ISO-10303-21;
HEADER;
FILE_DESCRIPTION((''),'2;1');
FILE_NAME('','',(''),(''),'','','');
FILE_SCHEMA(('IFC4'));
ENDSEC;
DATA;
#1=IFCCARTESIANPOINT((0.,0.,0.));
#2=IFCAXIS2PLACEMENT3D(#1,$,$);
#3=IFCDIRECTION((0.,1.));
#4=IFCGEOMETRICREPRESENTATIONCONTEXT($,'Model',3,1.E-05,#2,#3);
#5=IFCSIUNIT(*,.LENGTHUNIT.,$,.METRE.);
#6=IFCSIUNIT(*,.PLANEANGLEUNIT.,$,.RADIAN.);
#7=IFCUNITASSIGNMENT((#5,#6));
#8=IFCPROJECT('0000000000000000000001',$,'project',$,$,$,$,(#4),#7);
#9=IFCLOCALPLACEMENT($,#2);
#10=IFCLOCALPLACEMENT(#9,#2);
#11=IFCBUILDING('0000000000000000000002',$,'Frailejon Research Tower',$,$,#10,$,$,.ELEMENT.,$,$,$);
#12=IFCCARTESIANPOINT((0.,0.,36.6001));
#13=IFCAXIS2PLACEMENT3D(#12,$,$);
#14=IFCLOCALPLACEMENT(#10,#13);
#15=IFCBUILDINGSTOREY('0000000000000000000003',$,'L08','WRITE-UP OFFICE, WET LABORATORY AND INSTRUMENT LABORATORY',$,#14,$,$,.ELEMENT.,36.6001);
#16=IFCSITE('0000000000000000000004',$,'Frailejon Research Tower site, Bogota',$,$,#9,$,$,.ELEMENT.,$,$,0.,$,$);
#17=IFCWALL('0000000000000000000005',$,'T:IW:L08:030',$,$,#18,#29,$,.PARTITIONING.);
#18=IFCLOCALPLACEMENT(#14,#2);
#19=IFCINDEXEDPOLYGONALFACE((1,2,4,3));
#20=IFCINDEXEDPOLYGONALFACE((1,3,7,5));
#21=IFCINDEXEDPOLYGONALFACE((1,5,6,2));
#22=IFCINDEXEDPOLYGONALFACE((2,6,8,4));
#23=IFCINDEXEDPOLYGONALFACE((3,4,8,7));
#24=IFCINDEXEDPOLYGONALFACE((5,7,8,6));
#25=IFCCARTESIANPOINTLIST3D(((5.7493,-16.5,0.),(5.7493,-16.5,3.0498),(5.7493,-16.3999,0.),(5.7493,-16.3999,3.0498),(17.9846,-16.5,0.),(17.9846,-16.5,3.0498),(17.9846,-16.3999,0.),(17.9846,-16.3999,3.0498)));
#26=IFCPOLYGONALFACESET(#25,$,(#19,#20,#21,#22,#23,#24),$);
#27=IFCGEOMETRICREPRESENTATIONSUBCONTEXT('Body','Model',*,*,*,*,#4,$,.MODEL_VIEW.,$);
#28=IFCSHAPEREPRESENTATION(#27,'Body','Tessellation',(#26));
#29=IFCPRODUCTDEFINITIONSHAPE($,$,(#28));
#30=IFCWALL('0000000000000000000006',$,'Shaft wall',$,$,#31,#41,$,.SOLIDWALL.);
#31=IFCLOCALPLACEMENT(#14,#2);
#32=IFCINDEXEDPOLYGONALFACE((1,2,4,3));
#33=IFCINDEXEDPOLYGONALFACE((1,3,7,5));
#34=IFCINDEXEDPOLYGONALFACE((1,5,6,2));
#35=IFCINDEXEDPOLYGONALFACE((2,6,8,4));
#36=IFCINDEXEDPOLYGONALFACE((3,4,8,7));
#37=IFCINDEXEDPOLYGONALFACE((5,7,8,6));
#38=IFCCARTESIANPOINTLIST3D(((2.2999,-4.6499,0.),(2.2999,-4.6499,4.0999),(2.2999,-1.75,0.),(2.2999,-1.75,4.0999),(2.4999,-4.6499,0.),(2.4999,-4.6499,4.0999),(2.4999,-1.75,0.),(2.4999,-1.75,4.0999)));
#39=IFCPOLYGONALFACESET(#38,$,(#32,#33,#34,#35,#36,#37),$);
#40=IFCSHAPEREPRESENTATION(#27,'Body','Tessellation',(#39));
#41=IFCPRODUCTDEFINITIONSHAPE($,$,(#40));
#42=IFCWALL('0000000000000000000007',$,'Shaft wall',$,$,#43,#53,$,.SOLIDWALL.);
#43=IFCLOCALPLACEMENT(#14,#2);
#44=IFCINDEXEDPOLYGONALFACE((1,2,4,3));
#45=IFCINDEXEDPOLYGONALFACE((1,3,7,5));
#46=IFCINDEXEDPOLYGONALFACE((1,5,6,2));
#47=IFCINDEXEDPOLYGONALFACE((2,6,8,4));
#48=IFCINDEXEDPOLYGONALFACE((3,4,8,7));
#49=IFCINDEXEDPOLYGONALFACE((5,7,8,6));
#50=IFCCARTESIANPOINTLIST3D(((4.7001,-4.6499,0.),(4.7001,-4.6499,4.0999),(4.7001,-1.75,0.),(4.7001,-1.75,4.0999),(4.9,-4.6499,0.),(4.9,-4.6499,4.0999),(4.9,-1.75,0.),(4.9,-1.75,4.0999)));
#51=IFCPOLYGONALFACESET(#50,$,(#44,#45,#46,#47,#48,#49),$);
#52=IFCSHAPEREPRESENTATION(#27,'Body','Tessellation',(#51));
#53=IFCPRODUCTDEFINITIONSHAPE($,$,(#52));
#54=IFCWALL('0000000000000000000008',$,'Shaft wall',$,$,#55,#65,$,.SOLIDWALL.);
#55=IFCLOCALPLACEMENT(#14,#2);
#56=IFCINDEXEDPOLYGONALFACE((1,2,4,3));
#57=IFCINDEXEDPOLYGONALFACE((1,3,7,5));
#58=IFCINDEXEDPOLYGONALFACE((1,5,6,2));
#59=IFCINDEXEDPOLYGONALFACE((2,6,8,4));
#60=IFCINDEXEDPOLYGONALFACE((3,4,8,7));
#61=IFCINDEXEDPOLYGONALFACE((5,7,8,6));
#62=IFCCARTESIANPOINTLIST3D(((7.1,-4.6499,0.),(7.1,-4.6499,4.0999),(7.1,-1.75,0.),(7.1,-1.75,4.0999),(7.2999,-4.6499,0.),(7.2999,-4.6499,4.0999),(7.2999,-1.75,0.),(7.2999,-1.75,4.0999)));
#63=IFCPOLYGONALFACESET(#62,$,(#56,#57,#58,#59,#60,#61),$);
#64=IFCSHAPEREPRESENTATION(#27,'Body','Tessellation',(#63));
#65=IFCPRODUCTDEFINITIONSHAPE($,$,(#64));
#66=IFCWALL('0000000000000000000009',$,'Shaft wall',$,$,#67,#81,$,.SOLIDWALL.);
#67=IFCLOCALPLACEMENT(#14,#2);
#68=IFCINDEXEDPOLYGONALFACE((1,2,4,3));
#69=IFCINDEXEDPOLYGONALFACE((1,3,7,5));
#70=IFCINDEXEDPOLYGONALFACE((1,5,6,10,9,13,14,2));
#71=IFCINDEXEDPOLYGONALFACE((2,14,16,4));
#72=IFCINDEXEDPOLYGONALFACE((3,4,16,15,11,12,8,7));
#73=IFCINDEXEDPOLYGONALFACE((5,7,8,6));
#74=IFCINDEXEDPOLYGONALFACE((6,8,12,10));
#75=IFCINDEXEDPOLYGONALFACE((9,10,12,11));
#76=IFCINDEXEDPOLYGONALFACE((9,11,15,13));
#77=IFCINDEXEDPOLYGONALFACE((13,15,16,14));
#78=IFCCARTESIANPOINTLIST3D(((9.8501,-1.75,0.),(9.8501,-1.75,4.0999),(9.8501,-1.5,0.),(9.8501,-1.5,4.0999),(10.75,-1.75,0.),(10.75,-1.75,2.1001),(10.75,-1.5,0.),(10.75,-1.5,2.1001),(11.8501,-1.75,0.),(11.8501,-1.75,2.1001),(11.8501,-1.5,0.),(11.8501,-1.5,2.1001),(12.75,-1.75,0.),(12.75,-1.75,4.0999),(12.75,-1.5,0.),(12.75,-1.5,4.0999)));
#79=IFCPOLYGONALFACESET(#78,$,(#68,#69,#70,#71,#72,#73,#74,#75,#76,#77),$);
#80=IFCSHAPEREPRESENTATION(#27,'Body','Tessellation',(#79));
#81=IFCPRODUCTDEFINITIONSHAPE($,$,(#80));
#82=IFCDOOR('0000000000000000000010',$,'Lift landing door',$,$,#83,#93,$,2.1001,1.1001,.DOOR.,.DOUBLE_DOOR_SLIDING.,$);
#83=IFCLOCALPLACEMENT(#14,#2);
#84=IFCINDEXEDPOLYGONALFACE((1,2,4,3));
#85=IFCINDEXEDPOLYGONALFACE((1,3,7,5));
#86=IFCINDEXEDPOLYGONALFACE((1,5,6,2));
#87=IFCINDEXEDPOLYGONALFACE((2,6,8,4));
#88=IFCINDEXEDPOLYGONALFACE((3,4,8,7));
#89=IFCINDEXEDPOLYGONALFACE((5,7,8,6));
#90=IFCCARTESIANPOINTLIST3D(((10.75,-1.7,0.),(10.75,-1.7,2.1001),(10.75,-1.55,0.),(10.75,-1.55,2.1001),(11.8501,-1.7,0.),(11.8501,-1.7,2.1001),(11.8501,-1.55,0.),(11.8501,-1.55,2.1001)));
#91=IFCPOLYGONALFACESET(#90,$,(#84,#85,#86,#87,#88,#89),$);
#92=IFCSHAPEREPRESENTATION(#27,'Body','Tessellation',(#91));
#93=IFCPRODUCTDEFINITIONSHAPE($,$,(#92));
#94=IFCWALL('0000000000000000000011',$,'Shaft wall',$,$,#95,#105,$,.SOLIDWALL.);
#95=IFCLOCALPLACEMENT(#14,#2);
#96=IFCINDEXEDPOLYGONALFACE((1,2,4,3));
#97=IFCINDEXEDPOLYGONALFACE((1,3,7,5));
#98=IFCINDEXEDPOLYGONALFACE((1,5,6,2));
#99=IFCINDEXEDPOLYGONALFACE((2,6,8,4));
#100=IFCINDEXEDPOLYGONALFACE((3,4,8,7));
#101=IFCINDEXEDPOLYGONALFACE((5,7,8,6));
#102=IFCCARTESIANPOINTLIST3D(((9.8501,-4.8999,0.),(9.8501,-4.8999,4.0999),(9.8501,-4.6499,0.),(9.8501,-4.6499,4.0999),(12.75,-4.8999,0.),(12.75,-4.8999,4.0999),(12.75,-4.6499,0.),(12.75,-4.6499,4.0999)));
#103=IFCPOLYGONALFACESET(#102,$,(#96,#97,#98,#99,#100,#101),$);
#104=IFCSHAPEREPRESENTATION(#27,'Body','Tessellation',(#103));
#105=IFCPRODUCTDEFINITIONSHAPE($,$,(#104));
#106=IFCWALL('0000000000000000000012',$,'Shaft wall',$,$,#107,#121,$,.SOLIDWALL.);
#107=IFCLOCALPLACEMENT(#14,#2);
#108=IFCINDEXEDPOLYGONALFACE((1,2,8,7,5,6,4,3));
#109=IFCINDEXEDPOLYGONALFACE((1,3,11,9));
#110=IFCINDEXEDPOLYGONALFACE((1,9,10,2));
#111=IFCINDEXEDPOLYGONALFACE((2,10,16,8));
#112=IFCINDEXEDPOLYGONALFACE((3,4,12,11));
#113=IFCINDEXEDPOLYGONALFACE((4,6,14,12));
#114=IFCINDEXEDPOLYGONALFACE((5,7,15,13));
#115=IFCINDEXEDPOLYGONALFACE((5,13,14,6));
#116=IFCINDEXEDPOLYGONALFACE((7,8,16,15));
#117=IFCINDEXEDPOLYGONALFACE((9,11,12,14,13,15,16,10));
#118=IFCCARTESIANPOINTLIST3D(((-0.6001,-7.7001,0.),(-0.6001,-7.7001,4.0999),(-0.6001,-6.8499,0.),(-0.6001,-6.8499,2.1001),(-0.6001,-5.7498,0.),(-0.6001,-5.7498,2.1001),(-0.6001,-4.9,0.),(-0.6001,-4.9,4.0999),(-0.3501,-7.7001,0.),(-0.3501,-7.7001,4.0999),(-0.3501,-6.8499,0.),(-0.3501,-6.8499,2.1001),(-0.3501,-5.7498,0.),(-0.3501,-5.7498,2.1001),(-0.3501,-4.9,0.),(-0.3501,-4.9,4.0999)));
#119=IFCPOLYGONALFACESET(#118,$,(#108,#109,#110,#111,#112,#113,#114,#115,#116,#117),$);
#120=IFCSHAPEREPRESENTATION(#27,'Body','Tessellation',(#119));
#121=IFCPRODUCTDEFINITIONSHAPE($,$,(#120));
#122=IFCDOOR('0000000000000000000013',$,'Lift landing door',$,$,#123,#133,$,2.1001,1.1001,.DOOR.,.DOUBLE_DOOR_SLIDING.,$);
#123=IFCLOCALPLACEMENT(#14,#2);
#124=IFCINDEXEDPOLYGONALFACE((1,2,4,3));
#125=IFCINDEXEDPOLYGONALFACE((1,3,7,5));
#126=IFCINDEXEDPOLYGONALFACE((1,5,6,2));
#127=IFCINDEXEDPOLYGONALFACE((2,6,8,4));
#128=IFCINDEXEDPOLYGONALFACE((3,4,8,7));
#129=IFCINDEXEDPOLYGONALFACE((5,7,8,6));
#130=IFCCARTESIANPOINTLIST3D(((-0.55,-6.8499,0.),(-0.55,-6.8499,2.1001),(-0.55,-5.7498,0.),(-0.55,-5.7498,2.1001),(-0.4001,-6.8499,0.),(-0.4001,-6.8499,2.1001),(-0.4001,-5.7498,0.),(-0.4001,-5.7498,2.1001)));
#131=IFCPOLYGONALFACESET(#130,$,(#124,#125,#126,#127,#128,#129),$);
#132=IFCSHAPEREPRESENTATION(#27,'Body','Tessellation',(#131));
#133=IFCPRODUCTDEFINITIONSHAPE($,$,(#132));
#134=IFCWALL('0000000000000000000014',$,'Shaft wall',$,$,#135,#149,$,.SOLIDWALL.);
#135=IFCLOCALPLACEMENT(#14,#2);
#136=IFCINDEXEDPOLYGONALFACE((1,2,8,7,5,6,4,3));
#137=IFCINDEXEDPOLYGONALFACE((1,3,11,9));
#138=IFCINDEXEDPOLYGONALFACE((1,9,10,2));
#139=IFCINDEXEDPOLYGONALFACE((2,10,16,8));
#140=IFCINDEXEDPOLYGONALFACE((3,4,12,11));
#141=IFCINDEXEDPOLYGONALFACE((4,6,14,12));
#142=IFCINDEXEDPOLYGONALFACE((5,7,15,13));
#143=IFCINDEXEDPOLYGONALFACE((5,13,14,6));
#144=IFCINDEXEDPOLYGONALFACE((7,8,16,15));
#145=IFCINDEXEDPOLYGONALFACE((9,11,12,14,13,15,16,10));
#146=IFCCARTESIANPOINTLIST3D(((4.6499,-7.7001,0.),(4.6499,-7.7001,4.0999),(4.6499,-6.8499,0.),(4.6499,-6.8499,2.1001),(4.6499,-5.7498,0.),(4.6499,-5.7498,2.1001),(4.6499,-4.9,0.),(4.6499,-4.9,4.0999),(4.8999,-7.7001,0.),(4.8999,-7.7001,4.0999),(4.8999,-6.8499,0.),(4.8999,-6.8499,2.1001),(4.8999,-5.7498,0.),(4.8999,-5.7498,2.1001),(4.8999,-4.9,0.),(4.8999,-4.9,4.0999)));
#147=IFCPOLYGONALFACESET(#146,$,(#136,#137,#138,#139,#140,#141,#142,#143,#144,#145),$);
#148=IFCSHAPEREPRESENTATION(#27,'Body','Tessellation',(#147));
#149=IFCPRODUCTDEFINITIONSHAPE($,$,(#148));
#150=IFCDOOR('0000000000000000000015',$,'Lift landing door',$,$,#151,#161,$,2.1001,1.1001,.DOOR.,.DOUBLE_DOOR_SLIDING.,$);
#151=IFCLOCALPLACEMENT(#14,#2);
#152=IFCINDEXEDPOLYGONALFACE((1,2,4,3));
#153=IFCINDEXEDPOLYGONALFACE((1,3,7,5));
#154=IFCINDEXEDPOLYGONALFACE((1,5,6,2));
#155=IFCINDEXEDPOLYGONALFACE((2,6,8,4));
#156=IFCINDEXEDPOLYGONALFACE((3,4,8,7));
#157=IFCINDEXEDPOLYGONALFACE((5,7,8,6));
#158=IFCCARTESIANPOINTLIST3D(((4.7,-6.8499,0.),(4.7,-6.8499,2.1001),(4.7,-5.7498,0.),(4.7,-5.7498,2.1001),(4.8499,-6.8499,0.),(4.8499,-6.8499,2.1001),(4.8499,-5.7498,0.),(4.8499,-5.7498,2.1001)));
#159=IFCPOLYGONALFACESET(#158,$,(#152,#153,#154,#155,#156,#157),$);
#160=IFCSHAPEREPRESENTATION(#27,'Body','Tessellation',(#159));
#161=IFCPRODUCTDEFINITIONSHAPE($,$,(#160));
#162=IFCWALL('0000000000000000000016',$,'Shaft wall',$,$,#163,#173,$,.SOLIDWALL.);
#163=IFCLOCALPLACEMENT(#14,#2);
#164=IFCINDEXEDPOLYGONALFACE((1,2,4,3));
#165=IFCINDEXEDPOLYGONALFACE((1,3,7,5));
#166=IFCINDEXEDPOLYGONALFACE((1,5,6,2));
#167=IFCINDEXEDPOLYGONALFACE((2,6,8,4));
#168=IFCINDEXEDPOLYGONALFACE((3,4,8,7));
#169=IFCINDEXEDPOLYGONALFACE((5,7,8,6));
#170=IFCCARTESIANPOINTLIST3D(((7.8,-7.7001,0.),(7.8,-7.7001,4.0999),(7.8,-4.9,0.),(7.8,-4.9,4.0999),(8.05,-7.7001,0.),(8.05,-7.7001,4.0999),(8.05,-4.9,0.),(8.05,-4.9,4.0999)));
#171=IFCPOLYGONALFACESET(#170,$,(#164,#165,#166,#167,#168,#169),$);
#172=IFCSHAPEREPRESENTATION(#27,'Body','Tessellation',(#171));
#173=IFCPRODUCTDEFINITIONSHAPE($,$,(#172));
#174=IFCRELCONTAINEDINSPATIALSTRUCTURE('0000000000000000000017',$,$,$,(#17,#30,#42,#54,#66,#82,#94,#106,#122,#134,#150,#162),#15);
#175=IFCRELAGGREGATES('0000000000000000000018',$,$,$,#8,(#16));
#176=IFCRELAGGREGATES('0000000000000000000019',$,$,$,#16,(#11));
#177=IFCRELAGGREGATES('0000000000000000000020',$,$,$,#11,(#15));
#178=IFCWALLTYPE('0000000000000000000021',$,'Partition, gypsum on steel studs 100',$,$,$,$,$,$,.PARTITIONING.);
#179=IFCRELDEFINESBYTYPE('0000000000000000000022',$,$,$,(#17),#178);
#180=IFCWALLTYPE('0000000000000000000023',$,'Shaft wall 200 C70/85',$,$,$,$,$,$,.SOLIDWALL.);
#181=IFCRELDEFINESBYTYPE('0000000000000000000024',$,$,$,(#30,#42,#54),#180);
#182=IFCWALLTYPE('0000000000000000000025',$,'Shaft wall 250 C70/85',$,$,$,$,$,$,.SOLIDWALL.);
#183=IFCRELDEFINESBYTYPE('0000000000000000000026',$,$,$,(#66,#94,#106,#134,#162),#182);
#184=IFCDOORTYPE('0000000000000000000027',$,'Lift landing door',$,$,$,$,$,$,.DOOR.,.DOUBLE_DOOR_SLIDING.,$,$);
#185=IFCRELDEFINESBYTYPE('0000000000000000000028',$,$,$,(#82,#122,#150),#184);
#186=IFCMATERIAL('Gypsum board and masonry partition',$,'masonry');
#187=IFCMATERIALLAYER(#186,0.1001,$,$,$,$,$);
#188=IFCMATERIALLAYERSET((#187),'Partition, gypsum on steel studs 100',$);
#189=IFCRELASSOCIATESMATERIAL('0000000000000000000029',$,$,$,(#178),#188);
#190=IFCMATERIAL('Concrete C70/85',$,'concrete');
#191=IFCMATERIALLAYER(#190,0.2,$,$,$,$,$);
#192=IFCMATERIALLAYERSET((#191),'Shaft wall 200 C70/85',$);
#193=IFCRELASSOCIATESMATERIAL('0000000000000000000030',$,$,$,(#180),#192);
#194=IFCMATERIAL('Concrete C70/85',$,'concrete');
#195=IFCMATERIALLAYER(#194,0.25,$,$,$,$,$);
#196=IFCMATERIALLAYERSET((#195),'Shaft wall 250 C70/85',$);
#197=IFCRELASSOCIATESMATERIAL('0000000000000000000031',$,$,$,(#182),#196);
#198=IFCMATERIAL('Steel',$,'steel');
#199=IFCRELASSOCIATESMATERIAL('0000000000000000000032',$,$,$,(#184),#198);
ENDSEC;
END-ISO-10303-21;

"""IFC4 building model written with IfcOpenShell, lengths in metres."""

from ifc_helpers import new_model, si_unit, direction, frame, frame_2d, origin, place, context, subcontext, project, spatial, rectangle, extrude, material, layer, layer_set, type_object, element, fill, save


model = new_model("IFC4")

# Units and contexts
model_context = context("Model", 3, precision=1e-05, world=origin(), true_north=direction((0.0, 1.0)))
body_context = subcontext(model_context, "Body", "Model", "MODEL_VIEW")
ifc_project = project(units=[si_unit("LENGTHUNIT", "METRE"), si_unit("PLANEANGLEUNIT", "RADIAN")], contexts=[model_context])

# Site, building, storey
site_placement = place(None, origin())
site = spatial("IfcSite", under=ifc_project, at=site_placement, Name="Frailejon Research Tower site, Bogota", CompositionType="ELEMENT", RefElevation=0.0)
building_placement = place(site_placement, origin())
building = spatial("IfcBuilding", under=site, at=building_placement, Name="Frailejon Research Tower", CompositionType="ELEMENT")
storey_placement = place(building_placement, frame((0.0, 0.0, 36.6001)))
storey = spatial("IfcBuildingStorey", under=building, at=storey_placement, Name="L08", Description="WRITE-UP OFFICE, WET LABORATORY AND INSTRUMENT LABORATORY", CompositionType="ELEMENT", Elevation=36.6001)

# Walls
ifc_material_1 = material(Name="Gypsum board and masonry partition", Category="masonry")
ifc_layer_1 = layer(ifc_material_1, 0.1001)
ifc_layer_set_1 = layer_set([ifc_layer_1], Name="Partition, gypsum on steel studs 100")
wall_type_1 = type_object("IfcWallType", Name="Partition, gypsum on steel studs 100", PredefinedType="PARTITIONING", material=ifc_layer_set_1)
wall_1_placement = place(storey_placement, frame((5.7493, -16.45, 0.0), z_axis=(0.0, 0.0, 1.0), x_axis=(1.0, 0.0, 0.0)))
element("IfcWall", 1, at=wall_1_placement, inside=storey, type_object=wall_type_1, Name="T:IW:L08:030", PredefinedType="PARTITIONING", context=body_context, shape_type="SweptSolid", body=[
    extrude(rectangle(XDim=12.2354, YDim=0.1001, at=frame_2d((6.1177, 0.0))), origin(), (0.0, 0.0, 1.0), 3.0498),
])
ifc_material_2 = material(Name="Concrete C70/85", Category="concrete")
ifc_layer_2 = layer(ifc_material_2, 0.2)
ifc_layer_set_2 = layer_set([ifc_layer_2], Name="Shaft wall 200 C70/85")
wall_type_2 = type_object("IfcWallType", Name="Shaft wall 200 C70/85", PredefinedType="SOLIDWALL", material=ifc_layer_set_2)
for number, where, z_axis, x_axis, name in (
    (2, (2.3999, -4.6499, 0.0), (0.0, 0.0, 1.0), (0.0, 1.0, 0.0), "Shaft wall"),
    (3, (4.8, -4.6499, 0.0), (0.0, 0.0, 1.0), (0.0, 1.0, 0.0), "Shaft wall"),
    (4, (7.2, -4.6499, 0.0), (0.0, 0.0, 1.0), (0.0, 1.0, 0.0), "Shaft wall"),
):
    element("IfcWall", number, at=place(storey_placement, frame(where, z_axis=z_axis, x_axis=x_axis)), inside=storey, type_object=wall_type_2, Name=name, PredefinedType="SOLIDWALL", context=body_context, shape_type="SweptSolid", body=[
        extrude(rectangle(XDim=2.8999, YDim=0.2, at=frame_2d((1.45, 0.0))), origin(), (0.0, 0.0, 1.0), 4.0999),
    ])

# Wall, opening, door
ifc_material_3 = material(Name="Concrete C70/85", Category="concrete")
ifc_layer_3 = layer(ifc_material_3, 0.25)
ifc_layer_set_3 = layer_set([ifc_layer_3], Name="Shaft wall 250 C70/85")
wall_type_3 = type_object("IfcWallType", Name="Shaft wall 250 C70/85", PredefinedType="SOLIDWALL", material=ifc_layer_set_3)
wall_2_placement = place(storey_placement, frame((9.8501, -1.625, 0.0), z_axis=(0.0, 0.0, 1.0), x_axis=(1.0, 0.0, 0.0)))
wall_2 = element("IfcWall", 5, at=wall_2_placement, inside=storey, type_object=wall_type_3, Name="Shaft wall", PredefinedType="SOLIDWALL", context=body_context, shape_type="SweptSolid", body=[
    extrude(rectangle(XDim=2.8999, YDim=0.25, at=frame_2d((1.45, 0.0))), origin(), (0.0, 0.0, 1.0), 4.0999),
])
opening_1_placement = place(wall_2_placement, frame((0.8999, 0.0, 0.0)))
opening_1 = element("IfcOpeningElement", 6, at=opening_1_placement, cuts=wall_2, PredefinedType="OPENING", context=body_context, shape_type="SweptSolid", body=[
    extrude(rectangle(XDim=1.1001, YDim=2.1001, at=frame_2d((0.55, 1.05))), frame((0.0, 0.135, 0.0), z_axis=(0.0, -1.0, 0.0), x_axis=(1.0, 0.0, 0.0)), (0.0, 0.0, 1.0), 0.27),
])
ifc_material_4 = material(Name="Steel", Category="steel")
door_type_1 = type_object("IfcDoorType", Name="Lift landing door", OperationType="DOUBLE_DOOR_SLIDING", PredefinedType="DOOR", material=ifc_material_4)
door_1_placement = place(opening_1_placement, origin())
door_1 = element("IfcDoor", 7, at=door_1_placement, inside=storey, type_object=door_type_1, Name="Lift landing door", OperationType="DOUBLE_DOOR_SLIDING", OverallHeight=2.1001, OverallWidth=1.1001, PredefinedType="DOOR", context=body_context, shape_type="SweptSolid", body=[
    extrude(rectangle(XDim=1.1001, YDim=2.1001, at=frame_2d((0.55, 1.05))), frame((0.0, 0.075, 0.0), z_axis=(0.0, -1.0, 0.0), x_axis=(1.0, 0.0, 0.0)), (0.0, 0.0, 1.0), 0.1499),
])
fill(opening_1, door_1)

# Wall
wall_3_placement = place(storey_placement, frame((9.8501, -4.7749, 0.0), z_axis=(0.0, 0.0, 1.0), x_axis=(1.0, 0.0, 0.0)))
element("IfcWall", 8, at=wall_3_placement, inside=storey, type_object=wall_type_3, Name="Shaft wall", PredefinedType="SOLIDWALL", context=body_context, shape_type="SweptSolid", body=[
    extrude(rectangle(XDim=2.8999, YDim=0.25, at=frame_2d((1.45, 0.0))), origin(), (0.0, 0.0, 1.0), 4.0999),
])

# Walls, openings, doors
wall_4_placement = place(storey_placement, frame((-0.4751, -7.7, 0.0), z_axis=(0.0, 0.0, 1.0), x_axis=(0.0, 1.0, 0.0)))
wall_4 = element("IfcWall", 9, at=wall_4_placement, inside=storey, type_object=wall_type_3, Name="Shaft wall", PredefinedType="SOLIDWALL", context=body_context, shape_type="SweptSolid", body=[
    extrude(rectangle(XDim=2.8, YDim=0.25, at=frame_2d((1.3999, 0.0))), origin(), (0.0, 0.0, 1.0), 4.0999),
])
opening_2_placement = place(wall_4_placement, frame((0.8501, 0.0, 0.0)))
opening_2 = element("IfcOpeningElement", 10, at=opening_2_placement, cuts=wall_4, PredefinedType="OPENING", context=body_context, shape_type="SweptSolid", body=[
    extrude(rectangle(XDim=1.1001, YDim=2.1001, at=frame_2d((0.55, 1.05))), frame((0.0, 0.135, 0.0), z_axis=(0.0, -1.0, 0.0), x_axis=(1.0, 0.0, 0.0)), (0.0, 0.0, 1.0), 0.27),
])
door_2_placement = place(opening_2_placement, origin())
door_2 = element("IfcDoor", 11, at=door_2_placement, inside=storey, type_object=door_type_1, Name="Lift landing door", OperationType="DOUBLE_DOOR_SLIDING", OverallHeight=2.1001, OverallWidth=1.1001, PredefinedType="DOOR", context=body_context, shape_type="SweptSolid", body=[
    extrude(rectangle(XDim=1.1001, YDim=2.1001, at=frame_2d((0.55, 1.05))), frame((0.0, 0.075, 0.0), z_axis=(0.0, -1.0, 0.0), x_axis=(1.0, 0.0, 0.0)), (0.0, 0.0, 1.0), 0.1499),
])
fill(opening_2, door_2)
wall_5_placement = place(storey_placement, frame((4.7749, -7.7, 0.0), z_axis=(0.0, 0.0, 1.0), x_axis=(0.0, 1.0, 0.0)))
wall_5 = element("IfcWall", 12, at=wall_5_placement, inside=storey, type_object=wall_type_3, Name="Shaft wall", PredefinedType="SOLIDWALL", context=body_context, shape_type="SweptSolid", body=[
    extrude(rectangle(XDim=2.8, YDim=0.25, at=frame_2d((1.3999, 0.0))), origin(), (0.0, 0.0, 1.0), 4.0999),
])
opening_3_placement = place(wall_5_placement, frame((0.8501, 0.0, 0.0)))
opening_3 = element("IfcOpeningElement", 13, at=opening_3_placement, cuts=wall_5, PredefinedType="OPENING", context=body_context, shape_type="SweptSolid", body=[
    extrude(rectangle(XDim=1.1001, YDim=2.1001, at=frame_2d((0.55, 1.05))), frame((0.0, 0.135, 0.0), z_axis=(0.0, -1.0, 0.0), x_axis=(1.0, 0.0, 0.0)), (0.0, 0.0, 1.0), 0.27),
])
door_3_placement = place(opening_3_placement, origin())
door_3 = element("IfcDoor", 14, at=door_3_placement, inside=storey, type_object=door_type_1, Name="Lift landing door", OperationType="DOUBLE_DOOR_SLIDING", OverallHeight=2.1001, OverallWidth=1.1001, PredefinedType="DOOR", context=body_context, shape_type="SweptSolid", body=[
    extrude(rectangle(XDim=1.1001, YDim=2.1001, at=frame_2d((0.55, 1.05))), frame((0.0, 0.075, 0.0), z_axis=(0.0, -1.0, 0.0), x_axis=(1.0, 0.0, 0.0)), (0.0, 0.0, 1.0), 0.1499),
])
fill(opening_3, door_3)

# Wall
wall_6_placement = place(storey_placement, frame((7.925, -7.7, 0.0), z_axis=(0.0, 0.0, 1.0), x_axis=(0.0, 1.0, 0.0)))
element("IfcWall", 15, at=wall_6_placement, inside=storey, type_object=wall_type_3, Name="Shaft wall", PredefinedType="SOLIDWALL", context=body_context, shape_type="SweptSolid", body=[
    extrude(rectangle(XDim=2.8, YDim=0.25, at=frame_2d((1.3999, 0.0))), origin(), (0.0, 0.0, 1.0), 4.0999),
])

save(model, "model.ifc")
